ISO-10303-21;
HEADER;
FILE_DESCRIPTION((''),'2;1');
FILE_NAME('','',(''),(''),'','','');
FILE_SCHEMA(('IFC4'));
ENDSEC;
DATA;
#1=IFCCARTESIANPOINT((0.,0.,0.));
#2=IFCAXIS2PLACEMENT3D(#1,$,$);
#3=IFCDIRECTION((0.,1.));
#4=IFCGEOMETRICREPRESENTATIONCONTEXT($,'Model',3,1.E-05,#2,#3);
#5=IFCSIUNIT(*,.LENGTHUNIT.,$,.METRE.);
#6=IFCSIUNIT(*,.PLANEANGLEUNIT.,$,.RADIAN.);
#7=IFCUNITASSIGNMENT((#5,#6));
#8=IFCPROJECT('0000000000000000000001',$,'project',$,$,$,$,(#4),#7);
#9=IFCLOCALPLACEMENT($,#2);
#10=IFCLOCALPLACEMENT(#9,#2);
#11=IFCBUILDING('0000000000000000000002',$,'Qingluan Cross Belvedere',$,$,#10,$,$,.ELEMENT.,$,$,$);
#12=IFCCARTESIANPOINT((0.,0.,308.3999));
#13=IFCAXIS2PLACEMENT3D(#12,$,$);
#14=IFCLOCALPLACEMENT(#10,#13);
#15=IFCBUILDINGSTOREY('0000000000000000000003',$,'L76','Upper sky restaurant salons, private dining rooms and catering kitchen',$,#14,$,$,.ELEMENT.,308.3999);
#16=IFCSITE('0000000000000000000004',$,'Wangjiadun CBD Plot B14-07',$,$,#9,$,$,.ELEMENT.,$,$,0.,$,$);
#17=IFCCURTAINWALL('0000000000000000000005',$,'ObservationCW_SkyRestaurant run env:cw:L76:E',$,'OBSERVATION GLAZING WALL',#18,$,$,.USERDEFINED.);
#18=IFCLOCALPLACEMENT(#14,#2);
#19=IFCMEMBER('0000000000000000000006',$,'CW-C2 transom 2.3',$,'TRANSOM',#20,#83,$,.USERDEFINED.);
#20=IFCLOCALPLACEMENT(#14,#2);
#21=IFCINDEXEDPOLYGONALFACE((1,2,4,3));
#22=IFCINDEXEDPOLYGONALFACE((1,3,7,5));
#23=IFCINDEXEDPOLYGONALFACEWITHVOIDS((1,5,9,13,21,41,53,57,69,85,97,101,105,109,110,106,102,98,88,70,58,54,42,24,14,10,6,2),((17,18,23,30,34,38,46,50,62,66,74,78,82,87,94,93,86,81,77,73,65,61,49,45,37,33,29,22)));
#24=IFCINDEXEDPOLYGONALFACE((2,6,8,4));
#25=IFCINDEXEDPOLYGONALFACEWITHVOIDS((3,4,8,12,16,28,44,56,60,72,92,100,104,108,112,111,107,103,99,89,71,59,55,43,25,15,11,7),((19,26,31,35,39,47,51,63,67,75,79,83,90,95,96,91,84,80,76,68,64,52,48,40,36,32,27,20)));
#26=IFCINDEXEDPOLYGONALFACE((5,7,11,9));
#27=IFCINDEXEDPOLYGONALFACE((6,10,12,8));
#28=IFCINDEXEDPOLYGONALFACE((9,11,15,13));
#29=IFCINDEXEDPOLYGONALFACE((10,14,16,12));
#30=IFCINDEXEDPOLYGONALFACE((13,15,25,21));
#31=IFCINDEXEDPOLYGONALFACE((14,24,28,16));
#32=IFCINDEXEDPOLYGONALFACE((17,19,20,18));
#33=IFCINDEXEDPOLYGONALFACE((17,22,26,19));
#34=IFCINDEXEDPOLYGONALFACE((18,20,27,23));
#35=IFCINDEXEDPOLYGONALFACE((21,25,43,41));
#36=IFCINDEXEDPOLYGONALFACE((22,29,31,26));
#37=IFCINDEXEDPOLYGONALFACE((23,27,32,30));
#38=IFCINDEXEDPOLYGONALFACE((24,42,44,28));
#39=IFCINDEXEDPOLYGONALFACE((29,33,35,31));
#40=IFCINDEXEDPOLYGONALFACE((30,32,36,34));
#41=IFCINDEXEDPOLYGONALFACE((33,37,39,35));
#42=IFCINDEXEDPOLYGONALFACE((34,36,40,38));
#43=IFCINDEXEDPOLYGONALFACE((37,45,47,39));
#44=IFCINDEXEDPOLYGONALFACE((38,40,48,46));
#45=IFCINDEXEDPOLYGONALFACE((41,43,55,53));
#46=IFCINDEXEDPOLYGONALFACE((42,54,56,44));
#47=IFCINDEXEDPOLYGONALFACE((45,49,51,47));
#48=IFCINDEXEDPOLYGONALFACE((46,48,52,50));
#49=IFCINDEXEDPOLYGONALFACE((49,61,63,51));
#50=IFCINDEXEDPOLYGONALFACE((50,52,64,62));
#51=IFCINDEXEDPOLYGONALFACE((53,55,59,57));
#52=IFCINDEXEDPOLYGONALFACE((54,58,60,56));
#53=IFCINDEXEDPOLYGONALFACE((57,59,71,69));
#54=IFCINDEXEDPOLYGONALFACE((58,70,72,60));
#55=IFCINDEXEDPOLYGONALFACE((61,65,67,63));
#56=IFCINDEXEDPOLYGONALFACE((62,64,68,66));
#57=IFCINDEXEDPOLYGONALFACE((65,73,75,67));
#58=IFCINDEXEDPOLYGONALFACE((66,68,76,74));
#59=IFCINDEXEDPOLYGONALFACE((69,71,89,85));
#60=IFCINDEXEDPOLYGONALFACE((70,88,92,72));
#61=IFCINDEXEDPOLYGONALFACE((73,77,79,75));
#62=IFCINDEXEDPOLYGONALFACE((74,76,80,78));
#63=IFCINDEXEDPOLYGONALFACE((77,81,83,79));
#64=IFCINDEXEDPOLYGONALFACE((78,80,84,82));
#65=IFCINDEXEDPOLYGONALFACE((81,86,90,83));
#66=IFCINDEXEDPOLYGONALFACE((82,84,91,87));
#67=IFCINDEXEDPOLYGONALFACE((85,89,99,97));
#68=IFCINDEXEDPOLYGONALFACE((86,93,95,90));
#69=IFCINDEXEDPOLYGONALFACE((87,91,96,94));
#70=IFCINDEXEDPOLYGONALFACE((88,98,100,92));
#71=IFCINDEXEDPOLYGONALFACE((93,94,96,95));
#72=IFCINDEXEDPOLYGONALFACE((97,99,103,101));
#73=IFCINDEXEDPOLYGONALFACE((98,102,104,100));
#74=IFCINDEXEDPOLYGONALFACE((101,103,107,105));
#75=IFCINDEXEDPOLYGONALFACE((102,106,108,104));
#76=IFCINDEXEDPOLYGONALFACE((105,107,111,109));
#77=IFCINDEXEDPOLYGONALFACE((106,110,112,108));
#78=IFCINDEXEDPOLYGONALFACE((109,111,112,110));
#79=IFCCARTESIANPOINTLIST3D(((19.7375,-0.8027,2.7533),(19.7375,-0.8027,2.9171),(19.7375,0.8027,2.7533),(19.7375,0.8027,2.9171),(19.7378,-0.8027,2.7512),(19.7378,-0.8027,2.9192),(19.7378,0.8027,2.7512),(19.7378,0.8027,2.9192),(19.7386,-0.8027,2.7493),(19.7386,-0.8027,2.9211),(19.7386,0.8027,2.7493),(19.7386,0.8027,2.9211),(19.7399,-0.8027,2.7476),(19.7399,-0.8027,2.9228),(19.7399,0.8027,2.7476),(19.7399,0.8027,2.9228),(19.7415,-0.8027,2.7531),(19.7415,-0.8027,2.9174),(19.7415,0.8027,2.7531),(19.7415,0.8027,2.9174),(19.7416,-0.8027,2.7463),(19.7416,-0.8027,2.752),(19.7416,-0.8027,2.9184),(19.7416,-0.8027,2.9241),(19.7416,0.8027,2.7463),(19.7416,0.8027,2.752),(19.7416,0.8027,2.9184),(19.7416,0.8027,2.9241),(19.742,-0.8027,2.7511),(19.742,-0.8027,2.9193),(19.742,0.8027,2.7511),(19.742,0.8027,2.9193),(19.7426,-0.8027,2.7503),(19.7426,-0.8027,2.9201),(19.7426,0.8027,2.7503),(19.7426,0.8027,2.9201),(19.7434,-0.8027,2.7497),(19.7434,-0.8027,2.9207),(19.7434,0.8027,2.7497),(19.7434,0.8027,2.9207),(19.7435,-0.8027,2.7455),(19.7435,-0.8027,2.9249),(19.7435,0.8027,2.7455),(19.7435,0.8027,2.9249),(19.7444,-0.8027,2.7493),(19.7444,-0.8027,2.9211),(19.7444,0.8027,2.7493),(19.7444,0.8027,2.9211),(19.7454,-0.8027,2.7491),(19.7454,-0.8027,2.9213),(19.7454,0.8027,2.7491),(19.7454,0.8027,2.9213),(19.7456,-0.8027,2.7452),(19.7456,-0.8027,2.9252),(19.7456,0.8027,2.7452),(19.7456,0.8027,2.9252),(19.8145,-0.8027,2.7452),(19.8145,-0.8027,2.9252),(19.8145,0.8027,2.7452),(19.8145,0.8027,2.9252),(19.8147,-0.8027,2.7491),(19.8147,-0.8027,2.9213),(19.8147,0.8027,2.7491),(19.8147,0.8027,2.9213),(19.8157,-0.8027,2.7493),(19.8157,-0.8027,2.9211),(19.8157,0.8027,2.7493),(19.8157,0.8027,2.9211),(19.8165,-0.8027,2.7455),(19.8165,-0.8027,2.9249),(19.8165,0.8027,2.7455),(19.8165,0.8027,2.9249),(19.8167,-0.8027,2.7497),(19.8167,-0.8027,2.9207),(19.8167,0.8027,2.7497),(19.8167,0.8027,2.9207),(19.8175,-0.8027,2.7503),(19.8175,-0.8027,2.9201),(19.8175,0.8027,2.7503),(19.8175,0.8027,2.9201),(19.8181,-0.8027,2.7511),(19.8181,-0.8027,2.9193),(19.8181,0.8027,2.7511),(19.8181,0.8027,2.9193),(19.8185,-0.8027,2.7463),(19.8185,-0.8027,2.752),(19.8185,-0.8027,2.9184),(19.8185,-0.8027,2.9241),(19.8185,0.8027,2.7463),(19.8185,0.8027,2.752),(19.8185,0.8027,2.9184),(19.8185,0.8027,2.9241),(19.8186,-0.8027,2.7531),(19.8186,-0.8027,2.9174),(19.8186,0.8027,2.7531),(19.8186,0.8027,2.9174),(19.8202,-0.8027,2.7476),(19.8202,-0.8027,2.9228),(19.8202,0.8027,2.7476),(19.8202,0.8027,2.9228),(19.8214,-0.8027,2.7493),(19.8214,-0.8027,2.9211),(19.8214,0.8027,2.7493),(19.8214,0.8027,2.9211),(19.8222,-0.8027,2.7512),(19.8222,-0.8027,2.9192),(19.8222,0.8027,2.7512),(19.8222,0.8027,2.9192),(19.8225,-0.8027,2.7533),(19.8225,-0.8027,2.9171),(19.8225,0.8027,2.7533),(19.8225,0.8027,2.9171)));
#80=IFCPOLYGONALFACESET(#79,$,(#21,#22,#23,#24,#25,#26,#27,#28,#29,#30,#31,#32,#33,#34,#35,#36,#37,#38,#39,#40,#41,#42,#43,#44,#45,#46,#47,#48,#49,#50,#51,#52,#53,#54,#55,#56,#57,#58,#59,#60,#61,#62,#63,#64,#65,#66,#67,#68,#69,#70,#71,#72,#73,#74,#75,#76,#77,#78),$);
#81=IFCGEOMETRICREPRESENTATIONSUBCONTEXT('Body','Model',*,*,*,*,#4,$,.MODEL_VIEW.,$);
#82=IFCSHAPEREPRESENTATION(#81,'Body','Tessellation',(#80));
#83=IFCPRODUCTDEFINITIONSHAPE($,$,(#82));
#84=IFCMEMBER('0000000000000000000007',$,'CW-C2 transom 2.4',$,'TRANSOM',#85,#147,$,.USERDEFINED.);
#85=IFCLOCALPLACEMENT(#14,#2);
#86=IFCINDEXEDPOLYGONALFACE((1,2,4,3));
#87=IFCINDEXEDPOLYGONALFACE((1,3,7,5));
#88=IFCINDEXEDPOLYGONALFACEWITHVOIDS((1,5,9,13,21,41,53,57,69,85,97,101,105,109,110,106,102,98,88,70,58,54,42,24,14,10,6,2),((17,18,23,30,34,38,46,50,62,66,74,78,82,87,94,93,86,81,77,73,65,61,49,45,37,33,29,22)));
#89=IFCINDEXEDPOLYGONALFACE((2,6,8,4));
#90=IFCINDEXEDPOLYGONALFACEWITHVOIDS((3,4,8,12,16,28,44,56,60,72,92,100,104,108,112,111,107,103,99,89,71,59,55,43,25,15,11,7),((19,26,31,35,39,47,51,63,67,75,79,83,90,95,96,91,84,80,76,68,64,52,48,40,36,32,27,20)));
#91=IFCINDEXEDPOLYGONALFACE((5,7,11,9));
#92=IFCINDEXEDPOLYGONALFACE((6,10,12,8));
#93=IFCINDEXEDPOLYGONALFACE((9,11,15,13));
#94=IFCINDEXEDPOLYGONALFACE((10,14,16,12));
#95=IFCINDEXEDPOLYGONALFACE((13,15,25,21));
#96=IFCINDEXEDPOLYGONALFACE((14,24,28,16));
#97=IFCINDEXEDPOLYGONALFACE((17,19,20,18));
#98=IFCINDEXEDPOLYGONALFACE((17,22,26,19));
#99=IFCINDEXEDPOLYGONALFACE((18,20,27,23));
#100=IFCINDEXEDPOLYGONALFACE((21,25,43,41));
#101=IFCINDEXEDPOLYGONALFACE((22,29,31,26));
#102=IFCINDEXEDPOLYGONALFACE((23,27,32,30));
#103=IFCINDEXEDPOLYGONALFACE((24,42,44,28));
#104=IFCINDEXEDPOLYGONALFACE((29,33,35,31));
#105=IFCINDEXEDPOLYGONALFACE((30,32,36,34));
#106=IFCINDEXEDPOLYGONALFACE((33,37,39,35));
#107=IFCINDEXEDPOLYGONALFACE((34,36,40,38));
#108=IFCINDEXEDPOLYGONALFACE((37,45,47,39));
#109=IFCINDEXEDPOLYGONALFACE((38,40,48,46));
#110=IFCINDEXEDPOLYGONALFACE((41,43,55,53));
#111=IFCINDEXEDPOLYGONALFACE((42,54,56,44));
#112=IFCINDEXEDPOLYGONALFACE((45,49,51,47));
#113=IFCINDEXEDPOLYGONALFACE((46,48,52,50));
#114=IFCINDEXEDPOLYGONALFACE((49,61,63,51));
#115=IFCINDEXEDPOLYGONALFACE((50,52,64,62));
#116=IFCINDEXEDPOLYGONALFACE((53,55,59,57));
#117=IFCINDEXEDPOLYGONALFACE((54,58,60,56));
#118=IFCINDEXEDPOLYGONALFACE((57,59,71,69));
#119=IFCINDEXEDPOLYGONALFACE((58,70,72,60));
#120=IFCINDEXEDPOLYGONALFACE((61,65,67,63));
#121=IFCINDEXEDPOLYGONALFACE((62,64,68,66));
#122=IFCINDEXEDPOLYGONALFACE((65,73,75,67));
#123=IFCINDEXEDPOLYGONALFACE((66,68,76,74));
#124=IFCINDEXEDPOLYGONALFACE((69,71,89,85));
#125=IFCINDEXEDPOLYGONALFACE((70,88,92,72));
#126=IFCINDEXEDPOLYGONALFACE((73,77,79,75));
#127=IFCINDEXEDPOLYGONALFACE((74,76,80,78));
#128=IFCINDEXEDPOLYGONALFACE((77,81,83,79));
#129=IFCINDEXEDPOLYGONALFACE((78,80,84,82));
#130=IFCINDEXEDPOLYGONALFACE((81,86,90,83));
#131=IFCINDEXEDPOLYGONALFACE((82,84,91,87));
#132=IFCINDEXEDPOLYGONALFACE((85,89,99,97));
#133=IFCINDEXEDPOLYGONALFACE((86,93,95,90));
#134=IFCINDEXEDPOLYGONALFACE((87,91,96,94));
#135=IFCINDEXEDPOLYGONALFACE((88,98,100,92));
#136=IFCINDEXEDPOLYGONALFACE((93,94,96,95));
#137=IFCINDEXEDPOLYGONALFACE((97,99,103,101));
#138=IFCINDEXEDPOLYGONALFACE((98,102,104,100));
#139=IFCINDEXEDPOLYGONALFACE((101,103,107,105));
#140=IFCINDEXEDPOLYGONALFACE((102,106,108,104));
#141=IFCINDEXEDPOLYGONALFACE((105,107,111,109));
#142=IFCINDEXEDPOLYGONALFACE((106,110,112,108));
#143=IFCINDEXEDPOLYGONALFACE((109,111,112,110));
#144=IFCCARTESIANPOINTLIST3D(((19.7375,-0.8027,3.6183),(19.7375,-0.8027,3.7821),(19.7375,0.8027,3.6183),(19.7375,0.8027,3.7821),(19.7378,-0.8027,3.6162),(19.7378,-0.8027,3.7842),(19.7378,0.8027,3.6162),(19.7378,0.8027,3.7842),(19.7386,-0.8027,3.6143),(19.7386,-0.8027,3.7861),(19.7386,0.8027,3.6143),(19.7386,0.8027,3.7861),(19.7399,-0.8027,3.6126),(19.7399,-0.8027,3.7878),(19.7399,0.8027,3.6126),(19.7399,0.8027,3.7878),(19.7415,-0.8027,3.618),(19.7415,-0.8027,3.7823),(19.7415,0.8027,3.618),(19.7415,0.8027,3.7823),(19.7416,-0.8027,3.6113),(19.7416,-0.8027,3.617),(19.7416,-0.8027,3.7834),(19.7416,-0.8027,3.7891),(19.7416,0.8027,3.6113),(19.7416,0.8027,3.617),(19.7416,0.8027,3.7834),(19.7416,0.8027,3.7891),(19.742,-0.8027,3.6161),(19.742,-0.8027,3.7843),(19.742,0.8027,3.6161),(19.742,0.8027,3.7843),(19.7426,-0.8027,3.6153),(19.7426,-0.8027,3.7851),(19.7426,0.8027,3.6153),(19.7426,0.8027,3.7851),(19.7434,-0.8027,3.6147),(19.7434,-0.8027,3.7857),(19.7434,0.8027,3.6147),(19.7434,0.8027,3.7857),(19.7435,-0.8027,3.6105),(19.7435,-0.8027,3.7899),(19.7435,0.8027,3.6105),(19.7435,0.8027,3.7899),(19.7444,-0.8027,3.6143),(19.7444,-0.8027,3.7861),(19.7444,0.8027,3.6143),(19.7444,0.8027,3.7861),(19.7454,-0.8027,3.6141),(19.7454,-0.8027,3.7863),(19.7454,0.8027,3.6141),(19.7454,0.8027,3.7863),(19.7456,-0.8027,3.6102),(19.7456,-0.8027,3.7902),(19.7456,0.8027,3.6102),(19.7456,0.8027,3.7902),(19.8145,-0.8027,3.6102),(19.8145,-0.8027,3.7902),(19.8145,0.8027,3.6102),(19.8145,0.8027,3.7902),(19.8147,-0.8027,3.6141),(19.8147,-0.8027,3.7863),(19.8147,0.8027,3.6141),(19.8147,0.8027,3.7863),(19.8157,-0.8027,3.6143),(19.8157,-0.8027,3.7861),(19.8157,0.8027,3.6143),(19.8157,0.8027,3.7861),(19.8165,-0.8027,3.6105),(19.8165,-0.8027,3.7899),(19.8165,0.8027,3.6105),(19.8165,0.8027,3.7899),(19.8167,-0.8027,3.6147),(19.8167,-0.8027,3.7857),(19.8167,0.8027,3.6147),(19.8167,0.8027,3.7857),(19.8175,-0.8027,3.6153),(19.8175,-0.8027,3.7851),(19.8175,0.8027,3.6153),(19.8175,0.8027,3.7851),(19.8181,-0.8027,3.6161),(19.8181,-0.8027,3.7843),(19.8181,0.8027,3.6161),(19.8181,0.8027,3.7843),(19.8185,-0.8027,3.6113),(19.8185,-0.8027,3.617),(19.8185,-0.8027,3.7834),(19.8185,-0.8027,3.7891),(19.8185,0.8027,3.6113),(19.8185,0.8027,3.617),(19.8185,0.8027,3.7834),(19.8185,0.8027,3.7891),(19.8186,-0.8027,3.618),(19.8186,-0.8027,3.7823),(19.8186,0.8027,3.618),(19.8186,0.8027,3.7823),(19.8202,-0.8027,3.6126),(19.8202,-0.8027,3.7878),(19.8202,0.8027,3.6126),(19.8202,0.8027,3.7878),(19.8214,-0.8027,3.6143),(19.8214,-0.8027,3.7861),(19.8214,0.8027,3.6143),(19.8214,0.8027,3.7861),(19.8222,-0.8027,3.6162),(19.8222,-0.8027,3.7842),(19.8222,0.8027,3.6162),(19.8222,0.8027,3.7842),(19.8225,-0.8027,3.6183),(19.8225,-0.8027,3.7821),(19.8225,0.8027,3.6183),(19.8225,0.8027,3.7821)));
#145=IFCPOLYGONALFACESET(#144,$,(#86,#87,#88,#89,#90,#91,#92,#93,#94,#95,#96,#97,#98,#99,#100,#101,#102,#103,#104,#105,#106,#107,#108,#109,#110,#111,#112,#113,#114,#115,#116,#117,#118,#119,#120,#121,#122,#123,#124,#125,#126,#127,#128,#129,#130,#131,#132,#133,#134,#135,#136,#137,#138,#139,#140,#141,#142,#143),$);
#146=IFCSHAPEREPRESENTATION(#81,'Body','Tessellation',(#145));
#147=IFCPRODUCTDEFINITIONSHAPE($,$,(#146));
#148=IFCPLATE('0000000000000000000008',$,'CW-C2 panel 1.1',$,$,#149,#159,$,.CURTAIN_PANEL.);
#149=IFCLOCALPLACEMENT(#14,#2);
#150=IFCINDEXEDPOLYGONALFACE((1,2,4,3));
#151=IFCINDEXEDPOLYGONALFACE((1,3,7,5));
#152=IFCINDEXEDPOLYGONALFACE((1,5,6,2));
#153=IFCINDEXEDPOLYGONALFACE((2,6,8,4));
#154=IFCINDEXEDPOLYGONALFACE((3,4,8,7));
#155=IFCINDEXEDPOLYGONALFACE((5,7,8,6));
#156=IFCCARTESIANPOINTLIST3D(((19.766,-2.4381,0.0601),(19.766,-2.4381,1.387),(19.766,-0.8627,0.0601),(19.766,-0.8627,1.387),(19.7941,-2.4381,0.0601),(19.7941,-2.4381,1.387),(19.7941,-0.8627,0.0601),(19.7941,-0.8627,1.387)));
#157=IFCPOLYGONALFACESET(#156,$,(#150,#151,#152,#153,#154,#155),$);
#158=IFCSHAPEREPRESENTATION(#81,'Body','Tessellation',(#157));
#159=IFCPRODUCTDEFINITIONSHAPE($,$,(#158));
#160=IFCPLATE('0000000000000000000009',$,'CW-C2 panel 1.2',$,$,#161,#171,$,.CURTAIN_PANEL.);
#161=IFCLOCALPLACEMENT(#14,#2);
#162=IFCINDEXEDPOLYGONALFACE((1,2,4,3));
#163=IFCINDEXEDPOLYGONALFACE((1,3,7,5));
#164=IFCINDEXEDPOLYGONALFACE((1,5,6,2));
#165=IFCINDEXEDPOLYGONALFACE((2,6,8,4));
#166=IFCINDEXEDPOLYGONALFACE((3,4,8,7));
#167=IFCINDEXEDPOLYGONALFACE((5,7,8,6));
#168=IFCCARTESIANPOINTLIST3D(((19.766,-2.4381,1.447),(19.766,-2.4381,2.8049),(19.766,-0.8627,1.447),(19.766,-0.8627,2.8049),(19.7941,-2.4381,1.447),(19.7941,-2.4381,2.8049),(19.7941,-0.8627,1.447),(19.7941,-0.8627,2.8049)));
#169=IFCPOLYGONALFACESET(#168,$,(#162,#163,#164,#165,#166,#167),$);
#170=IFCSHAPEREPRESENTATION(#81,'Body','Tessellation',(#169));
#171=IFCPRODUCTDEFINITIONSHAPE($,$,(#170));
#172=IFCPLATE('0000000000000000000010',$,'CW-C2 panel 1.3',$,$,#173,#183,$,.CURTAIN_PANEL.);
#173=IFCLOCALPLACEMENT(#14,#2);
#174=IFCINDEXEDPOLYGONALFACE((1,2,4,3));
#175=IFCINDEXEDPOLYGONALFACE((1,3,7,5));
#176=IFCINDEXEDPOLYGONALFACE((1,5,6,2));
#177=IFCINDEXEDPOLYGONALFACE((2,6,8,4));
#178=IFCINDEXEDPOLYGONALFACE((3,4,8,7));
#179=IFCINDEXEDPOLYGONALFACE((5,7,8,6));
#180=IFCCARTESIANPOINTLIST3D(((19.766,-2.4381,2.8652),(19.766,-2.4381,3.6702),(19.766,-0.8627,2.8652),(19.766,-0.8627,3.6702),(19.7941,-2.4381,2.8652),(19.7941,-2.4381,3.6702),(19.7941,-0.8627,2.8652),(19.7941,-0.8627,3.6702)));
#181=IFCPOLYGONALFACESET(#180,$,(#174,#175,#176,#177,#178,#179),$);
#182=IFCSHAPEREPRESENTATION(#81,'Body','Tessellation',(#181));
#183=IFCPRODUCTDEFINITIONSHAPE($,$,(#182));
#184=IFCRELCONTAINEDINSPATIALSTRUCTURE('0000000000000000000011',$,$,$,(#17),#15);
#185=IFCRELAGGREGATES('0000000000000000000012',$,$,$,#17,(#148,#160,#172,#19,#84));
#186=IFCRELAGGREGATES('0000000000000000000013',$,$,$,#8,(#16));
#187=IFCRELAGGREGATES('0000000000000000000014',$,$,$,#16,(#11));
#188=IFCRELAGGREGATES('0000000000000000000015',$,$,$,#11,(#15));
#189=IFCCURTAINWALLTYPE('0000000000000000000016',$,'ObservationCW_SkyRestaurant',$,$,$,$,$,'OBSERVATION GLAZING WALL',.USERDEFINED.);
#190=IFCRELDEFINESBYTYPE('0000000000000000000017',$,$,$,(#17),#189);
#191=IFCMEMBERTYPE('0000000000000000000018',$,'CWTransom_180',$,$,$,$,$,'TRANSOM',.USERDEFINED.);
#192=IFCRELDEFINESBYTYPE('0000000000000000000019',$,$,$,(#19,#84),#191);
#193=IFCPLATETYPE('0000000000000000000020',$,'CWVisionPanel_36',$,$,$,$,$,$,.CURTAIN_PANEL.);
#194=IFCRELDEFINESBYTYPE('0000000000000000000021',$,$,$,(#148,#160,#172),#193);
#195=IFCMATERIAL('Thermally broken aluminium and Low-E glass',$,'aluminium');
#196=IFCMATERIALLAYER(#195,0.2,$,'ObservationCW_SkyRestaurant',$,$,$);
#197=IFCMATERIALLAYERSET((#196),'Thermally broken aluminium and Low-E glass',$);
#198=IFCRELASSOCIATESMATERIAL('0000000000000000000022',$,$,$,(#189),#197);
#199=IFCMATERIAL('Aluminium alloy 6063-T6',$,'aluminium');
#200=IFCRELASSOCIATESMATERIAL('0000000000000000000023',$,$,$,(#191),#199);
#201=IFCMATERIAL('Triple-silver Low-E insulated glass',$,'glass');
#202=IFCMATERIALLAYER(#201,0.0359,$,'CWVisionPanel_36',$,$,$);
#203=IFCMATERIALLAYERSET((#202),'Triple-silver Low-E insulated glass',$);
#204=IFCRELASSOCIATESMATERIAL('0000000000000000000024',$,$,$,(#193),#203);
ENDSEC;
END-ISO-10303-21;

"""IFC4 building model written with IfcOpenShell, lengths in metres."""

from ifc_helpers import new_model, si_unit, direction, frame, origin, origin_2d, place, context, subcontext, project, spatial, rectangle, hollow_rectangle, extrude, material, layer, layer_set, material_profile, profile_set, type_object, element, aggregate, save


model = new_model("IFC4")

# Units and contexts
model_context = context("Model", 3, precision=1e-05, world=origin(), true_north=direction((0.0, 1.0)))
body_context = subcontext(model_context, "Body", "Model", "MODEL_VIEW")
ifc_project = project(units=[si_unit("LENGTHUNIT", "METRE"), si_unit("PLANEANGLEUNIT", "RADIAN")], contexts=[model_context])

# Site, building, storey
site_placement = place(None, origin())
site = spatial("IfcSite", under=ifc_project, at=site_placement, Name="Wangjiadun CBD Plot B14-07", CompositionType="ELEMENT", RefElevation=0.0)
building_placement = place(site_placement, origin())
building = spatial("IfcBuilding", under=site, at=building_placement, Name="Qingluan Cross Belvedere", CompositionType="ELEMENT")
storey_placement = place(building_placement, frame((0.0, 0.0, 308.3999)))
storey = spatial("IfcBuildingStorey", under=building, at=storey_placement, Name="L76", Description="Upper sky restaurant salons, private dining rooms and catering kitchen", CompositionType="ELEMENT", Elevation=308.3999)

# Curtain wall, members, plates
ifc_material_1 = material(Name="Thermally broken aluminium and Low-E glass", Category="aluminium")
ifc_layer_1 = layer(ifc_material_1, 0.2, Name="ObservationCW_SkyRestaurant")
ifc_layer_set_1 = layer_set([ifc_layer_1], Name="Thermally broken aluminium and Low-E glass")
curtain_wall_type = type_object("IfcCurtainWallType", Name="ObservationCW_SkyRestaurant", ElementType="OBSERVATION GLAZING WALL", PredefinedType="USERDEFINED", material=ifc_layer_set_1)
curtain_wall_placement = place(storey_placement, origin())
curtain_wall = element("IfcCurtainWall", 1, at=curtain_wall_placement, inside=storey, type_object=curtain_wall_type, Name="ObservationCW_SkyRestaurant run env:cw:L76:E", ObjectType="OBSERVATION GLAZING WALL", PredefinedType="USERDEFINED")
ifc_material_2 = material(Name="Aluminium alloy 6063-T6", Category="aluminium")
ifc_material_profile_1 = material_profile(ifc_material_2, hollow_rectangle(XDim=0.085, YDim=0.1799, WallThickness=0.0039, InnerFilletRadius=0.0039, OuterFilletRadius=0.0081, at=origin_2d()), Name="CWT180x85x4")
ifc_profile_set_1 = profile_set([ifc_material_profile_1], Name="Aluminium alloy 6063-T6")
member_type_1 = type_object("IfcMemberType", Name="CWTransom_180", ElementType="TRANSOM", PredefinedType="USERDEFINED", material=ifc_profile_set_1)
member_1_placement = place(storey_placement, frame((19.78, -0.8027, 2.8352), z_axis=(0.0, 1.0, 0.0), x_axis=(-1.0, 0.0, 0.0)))
member_1 = element("IfcMember", 2, at=member_1_placement, type_object=member_type_1, Name="CW-C2 transom 2.3", ObjectType="TRANSOM", PredefinedType="USERDEFINED", context=body_context, shape_type="SweptSolid", body=[
    extrude(hollow_rectangle(XDim=0.085, YDim=0.1799, WallThickness=0.0039, InnerFilletRadius=0.0039, OuterFilletRadius=0.0081, at=origin_2d()), origin(), (0.0, 0.0, 1.0), 1.6055),
])
member_2_placement = place(storey_placement, frame((19.78, -0.8027, 3.7002), z_axis=(0.0, 1.0, 0.0), x_axis=(-1.0, 0.0, 0.0)))
member_2 = element("IfcMember", 3, at=member_2_placement, type_object=member_type_1, Name="CW-C2 transom 2.4", ObjectType="TRANSOM", PredefinedType="USERDEFINED", context=body_context, shape_type="SweptSolid", body=[
    extrude(hollow_rectangle(XDim=0.085, YDim=0.1799, WallThickness=0.0039, InnerFilletRadius=0.0039, OuterFilletRadius=0.0081, at=origin_2d()), origin(), (0.0, 0.0, 1.0), 1.6055),
])
ifc_material_3 = material(Name="Triple-silver Low-E insulated glass", Category="glass")
ifc_layer_2 = layer(ifc_material_3, 0.0359, Name="CWVisionPanel_36")
ifc_layer_set_2 = layer_set([ifc_layer_2], Name="Triple-silver Low-E insulated glass")
plate_type = type_object("IfcPlateType", Name="CWVisionPanel_36", PredefinedType="CURTAIN_PANEL", material=ifc_layer_set_2)
plate_1_placement = place(storey_placement, frame((19.78, -1.6504, 0.0601), z_axis=(0.0, 0.0, 1.0), x_axis=(0.0, 1.0, 0.0)))
plate_1 = element("IfcPlate", 4, at=plate_1_placement, type_object=plate_type, Name="CW-C2 panel 1.1", PredefinedType="CURTAIN_PANEL", context=body_context, shape_type="SweptSolid", body=[
    extrude(rectangle(XDim=1.5754, YDim=0.0281, at=origin_2d()), origin(), (0.0, 0.0, 1.0), 1.3269),
])
plate_2_placement = place(storey_placement, frame((19.78, -1.6504, 1.447), z_axis=(0.0, 0.0, 1.0), x_axis=(0.0, 1.0, 0.0)))
plate_2 = element("IfcPlate", 5, at=plate_2_placement, type_object=plate_type, Name="CW-C2 panel 1.2", PredefinedType="CURTAIN_PANEL", context=body_context, shape_type="SweptSolid", body=[
    extrude(rectangle(XDim=1.5754, YDim=0.0281, at=origin_2d()), origin(), (0.0, 0.0, 1.0), 1.3579),
])
plate_3_placement = place(storey_placement, frame((19.78, -1.6504, 2.8652), z_axis=(0.0, 0.0, 1.0), x_axis=(0.0, 1.0, 0.0)))
plate_3 = element("IfcPlate", 6, at=plate_3_placement, type_object=plate_type, Name="CW-C2 panel 1.3", PredefinedType="CURTAIN_PANEL", context=body_context, shape_type="SweptSolid", body=[
    extrude(rectangle(XDim=1.5754, YDim=0.0281, at=origin_2d()), origin(), (0.0, 0.0, 1.0), 0.8049),
])
aggregate(curtain_wall, [plate_1, plate_2, plate_3, member_1, member_2])

save(model, "model.ifc")
